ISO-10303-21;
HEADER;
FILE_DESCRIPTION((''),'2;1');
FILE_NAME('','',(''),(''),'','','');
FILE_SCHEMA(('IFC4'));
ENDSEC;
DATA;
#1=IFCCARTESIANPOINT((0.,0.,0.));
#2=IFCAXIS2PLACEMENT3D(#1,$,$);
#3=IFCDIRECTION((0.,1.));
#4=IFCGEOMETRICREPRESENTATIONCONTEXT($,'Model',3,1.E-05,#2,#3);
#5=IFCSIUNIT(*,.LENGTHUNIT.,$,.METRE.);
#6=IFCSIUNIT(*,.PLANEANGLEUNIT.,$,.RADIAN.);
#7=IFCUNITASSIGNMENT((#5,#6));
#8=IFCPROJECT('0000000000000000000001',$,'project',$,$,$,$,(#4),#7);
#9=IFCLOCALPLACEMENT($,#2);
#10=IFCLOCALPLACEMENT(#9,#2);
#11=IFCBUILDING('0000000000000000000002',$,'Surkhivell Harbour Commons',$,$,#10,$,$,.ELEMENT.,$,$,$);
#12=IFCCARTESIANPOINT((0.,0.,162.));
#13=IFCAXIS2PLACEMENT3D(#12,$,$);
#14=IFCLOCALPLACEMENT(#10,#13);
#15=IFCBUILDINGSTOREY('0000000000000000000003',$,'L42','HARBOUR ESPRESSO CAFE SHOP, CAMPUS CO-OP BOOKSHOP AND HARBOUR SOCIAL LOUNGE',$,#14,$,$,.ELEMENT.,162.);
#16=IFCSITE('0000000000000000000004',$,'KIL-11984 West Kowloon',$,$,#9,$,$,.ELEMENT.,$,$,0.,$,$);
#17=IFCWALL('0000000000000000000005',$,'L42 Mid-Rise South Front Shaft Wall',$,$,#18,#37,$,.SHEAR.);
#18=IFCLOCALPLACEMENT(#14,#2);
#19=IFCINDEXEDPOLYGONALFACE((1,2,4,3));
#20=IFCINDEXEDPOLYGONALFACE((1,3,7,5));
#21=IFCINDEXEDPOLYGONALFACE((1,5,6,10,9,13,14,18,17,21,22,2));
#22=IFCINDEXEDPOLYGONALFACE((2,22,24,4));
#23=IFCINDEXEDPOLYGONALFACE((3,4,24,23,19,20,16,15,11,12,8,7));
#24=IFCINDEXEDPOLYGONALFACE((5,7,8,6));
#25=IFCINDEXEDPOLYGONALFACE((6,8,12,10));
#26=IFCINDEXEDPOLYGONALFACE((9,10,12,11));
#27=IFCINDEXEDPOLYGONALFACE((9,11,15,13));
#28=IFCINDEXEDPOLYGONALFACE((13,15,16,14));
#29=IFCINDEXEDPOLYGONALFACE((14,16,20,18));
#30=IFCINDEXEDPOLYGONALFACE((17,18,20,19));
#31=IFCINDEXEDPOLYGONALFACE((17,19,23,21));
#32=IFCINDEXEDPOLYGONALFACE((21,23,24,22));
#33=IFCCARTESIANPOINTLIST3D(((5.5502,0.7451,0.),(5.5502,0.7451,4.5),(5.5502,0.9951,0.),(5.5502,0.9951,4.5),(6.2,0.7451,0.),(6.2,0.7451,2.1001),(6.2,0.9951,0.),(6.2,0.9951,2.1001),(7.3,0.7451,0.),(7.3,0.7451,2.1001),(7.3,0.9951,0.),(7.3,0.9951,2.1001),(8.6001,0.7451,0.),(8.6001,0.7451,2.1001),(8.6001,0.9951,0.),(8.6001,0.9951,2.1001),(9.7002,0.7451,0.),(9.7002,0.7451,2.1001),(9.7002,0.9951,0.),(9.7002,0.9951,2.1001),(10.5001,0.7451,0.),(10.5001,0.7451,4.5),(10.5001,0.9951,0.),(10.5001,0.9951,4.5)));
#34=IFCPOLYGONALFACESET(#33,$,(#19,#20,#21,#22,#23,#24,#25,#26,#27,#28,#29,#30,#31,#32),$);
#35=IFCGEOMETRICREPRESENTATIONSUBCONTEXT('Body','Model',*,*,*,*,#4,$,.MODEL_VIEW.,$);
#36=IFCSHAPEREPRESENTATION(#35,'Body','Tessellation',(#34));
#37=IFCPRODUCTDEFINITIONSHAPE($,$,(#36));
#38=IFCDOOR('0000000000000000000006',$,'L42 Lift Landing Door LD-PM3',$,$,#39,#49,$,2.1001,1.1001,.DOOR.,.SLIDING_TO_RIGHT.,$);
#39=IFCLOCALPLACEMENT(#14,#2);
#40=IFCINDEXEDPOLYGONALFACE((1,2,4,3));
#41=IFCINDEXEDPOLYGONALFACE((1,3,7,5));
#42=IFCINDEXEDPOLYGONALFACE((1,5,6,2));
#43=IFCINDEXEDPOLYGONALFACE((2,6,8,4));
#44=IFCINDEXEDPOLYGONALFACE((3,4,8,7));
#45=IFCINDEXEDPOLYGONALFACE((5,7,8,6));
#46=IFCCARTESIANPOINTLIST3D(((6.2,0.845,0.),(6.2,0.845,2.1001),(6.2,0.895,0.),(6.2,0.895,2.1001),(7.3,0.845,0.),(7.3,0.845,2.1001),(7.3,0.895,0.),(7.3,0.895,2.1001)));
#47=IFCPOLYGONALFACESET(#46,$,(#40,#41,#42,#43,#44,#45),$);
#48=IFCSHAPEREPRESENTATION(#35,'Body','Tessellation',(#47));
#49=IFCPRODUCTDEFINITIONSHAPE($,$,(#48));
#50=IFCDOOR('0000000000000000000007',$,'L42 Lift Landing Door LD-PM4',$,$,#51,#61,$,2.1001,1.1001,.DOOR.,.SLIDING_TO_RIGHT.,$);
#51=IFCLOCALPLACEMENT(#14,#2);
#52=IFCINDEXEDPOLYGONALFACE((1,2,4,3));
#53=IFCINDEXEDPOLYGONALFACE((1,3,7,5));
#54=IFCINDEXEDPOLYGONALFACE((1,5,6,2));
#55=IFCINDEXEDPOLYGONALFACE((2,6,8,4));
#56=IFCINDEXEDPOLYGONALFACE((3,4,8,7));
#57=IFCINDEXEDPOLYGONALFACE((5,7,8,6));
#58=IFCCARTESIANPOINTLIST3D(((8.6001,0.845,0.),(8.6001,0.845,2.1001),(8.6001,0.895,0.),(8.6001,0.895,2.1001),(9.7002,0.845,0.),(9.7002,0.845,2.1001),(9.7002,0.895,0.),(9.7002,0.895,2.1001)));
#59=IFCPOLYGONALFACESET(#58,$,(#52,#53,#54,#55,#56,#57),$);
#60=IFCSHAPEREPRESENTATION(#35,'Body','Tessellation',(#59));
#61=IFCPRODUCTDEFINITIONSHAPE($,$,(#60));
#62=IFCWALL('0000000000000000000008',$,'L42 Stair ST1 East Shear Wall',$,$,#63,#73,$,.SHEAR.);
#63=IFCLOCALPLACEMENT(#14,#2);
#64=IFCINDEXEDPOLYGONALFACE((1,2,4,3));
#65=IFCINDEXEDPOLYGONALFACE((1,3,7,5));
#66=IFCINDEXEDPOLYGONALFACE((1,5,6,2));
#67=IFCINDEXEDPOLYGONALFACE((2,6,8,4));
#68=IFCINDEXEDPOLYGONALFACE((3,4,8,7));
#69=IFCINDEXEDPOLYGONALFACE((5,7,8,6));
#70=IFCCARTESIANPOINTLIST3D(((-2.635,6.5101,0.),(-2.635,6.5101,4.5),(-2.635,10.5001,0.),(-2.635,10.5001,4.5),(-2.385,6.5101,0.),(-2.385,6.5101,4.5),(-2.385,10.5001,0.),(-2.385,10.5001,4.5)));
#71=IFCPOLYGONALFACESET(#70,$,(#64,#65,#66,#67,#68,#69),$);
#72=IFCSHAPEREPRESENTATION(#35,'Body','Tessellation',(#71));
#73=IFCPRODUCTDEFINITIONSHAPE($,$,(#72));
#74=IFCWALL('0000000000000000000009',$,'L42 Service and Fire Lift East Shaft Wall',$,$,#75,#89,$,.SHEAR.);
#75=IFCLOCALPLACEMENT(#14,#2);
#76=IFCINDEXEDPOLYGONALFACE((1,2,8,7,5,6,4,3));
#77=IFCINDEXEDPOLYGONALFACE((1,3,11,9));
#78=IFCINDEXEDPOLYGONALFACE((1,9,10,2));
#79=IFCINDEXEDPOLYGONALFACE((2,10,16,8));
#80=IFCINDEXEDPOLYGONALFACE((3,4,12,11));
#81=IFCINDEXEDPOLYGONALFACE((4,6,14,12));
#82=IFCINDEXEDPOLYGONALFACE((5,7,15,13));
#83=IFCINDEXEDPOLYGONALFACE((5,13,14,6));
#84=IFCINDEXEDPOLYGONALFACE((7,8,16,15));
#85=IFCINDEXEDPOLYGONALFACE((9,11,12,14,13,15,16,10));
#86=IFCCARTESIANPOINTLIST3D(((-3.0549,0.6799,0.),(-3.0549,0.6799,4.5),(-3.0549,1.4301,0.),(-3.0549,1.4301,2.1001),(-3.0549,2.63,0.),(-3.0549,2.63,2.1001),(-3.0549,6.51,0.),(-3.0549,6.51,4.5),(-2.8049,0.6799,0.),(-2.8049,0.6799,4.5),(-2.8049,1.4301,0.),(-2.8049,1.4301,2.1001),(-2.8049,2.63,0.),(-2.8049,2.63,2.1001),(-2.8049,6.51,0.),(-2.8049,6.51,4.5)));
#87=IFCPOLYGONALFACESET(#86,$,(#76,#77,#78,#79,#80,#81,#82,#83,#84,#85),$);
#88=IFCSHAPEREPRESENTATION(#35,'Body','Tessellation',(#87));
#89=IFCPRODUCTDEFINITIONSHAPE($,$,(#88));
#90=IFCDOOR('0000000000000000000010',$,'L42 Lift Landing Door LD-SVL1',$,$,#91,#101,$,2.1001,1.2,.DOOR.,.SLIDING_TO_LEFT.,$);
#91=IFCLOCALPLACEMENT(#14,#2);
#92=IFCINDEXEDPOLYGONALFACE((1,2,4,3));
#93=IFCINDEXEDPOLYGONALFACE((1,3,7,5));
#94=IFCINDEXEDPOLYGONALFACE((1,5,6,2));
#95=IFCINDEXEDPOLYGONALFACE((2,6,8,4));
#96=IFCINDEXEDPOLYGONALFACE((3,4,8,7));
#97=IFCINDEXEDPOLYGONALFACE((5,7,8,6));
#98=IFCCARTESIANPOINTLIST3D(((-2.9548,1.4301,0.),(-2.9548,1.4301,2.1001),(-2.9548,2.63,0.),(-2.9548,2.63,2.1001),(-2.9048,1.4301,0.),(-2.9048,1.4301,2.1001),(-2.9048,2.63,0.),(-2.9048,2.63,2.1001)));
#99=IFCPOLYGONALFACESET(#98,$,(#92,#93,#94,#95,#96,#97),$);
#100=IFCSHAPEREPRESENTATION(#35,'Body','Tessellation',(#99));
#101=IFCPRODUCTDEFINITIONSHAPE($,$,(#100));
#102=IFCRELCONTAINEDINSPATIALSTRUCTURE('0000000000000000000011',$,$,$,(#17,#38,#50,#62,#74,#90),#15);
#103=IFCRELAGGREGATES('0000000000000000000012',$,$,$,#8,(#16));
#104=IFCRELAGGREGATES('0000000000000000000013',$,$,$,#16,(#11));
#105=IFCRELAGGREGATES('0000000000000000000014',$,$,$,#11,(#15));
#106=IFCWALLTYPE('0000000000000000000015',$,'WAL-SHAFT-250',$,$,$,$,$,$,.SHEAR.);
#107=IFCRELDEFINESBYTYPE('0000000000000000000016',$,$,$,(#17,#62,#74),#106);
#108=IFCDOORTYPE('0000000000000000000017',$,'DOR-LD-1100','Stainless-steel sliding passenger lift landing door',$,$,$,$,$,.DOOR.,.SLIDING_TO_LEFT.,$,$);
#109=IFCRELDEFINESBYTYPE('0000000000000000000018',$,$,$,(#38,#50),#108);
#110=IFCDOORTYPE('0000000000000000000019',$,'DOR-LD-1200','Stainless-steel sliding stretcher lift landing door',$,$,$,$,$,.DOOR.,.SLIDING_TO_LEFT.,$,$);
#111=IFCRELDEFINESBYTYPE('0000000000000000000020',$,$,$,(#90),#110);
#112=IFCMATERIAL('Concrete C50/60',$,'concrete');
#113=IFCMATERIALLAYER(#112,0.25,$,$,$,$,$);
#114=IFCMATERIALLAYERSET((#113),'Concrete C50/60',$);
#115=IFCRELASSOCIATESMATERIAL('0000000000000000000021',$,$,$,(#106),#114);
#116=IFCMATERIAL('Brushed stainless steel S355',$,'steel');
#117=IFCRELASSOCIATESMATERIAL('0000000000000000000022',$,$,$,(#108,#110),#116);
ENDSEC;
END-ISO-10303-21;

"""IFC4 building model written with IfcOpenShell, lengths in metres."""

from ifc_helpers import new_model, si_unit, direction, frame, frame_2d, origin, place, context, subcontext, project, spatial, rectangle, extrude, material, layer, layer_set, type_object, element, fill, save


model = new_model("IFC4")

# Units and contexts
model_context = context("Model", 3, precision=1e-05, world=origin(), true_north=direction((0.0, 1.0)))
body_context = subcontext(model_context, "Body", "Model", "MODEL_VIEW")
ifc_project = project(units=[si_unit("LENGTHUNIT", "METRE"), si_unit("PLANEANGLEUNIT", "RADIAN")], contexts=[model_context])

# Site, building, storey
site_placement = place(None, origin())
site = spatial("IfcSite", under=ifc_project, at=site_placement, Name="KIL-11984 West Kowloon", CompositionType="ELEMENT", RefElevation=0.0)
building_placement = place(site_placement, origin())
building = spatial("IfcBuilding", under=site, at=building_placement, Name="Surkhivell Harbour Commons", CompositionType="ELEMENT")
storey_placement = place(building_placement, frame((0.0, 0.0, 162.0)))
storey = spatial("IfcBuildingStorey", under=building, at=storey_placement, Name="L42", Description="HARBOUR ESPRESSO CAFE SHOP, CAMPUS CO-OP BOOKSHOP AND HARBOUR SOCIAL LOUNGE", CompositionType="ELEMENT", Elevation=162.0)

# Shared definitions
ifc_material_1 = material(Name="Concrete C50/60", Category="concrete")
ifc_layer_1 = layer(ifc_material_1, 0.25)
ifc_layer_set_1 = layer_set([ifc_layer_1], Name="Concrete C50/60")
wall_type_1 = type_object("IfcWallType", Name="WAL-SHAFT-250", PredefinedType="SHEAR", material=ifc_layer_set_1)

# Wall, openings, doors
ifc_material_2 = material(Name="Brushed stainless steel S355", Category="steel")
door_type_1 = type_object("IfcDoorType", Name="DOR-LD-1100", Description="Stainless-steel sliding passenger lift landing door", OperationType="SLIDING_TO_LEFT", PredefinedType="DOOR", material=ifc_material_2)
wall_1_placement = place(storey_placement, frame((5.55, 0.8701, 0.0), z_axis=(0.0, 0.0, 1.0), x_axis=(1.0, 0.0, 0.0)))
wall_1 = element("IfcWall", 1, at=wall_1_placement, inside=storey, type_object=wall_type_1, Name="L42 Mid-Rise South Front Shaft Wall", PredefinedType="SHEAR", context=body_context, shape_type="SweptSolid", body=[
    extrude(rectangle(XDim=4.95, YDim=0.25, at=frame_2d((2.4751, 0.0))), origin(), (0.0, 0.0, 1.0), 4.5),
])
opening_1_placement = place(wall_1_placement, frame((0.6499, 0.0, 0.0)))
opening_1 = element("IfcOpeningElement", 2, at=opening_1_placement, cuts=wall_1, PredefinedType="OPENING", context=body_context, shape_type="SweptSolid", body=[
    extrude(rectangle(XDim=1.1001, YDim=2.1001, at=frame_2d((0.55, 1.05))), frame((0.0, 0.135, 0.0), z_axis=(0.0, -1.0, 0.0), x_axis=(1.0, 0.0, 0.0)), (0.0, 0.0, 1.0), 0.27),
])
opening_2_placement = place(wall_1_placement, frame((3.05, 0.0, 0.0)))
opening_2 = element("IfcOpeningElement", 3, at=opening_2_placement, cuts=wall_1, PredefinedType="OPENING", context=body_context, shape_type="SweptSolid", body=[
    extrude(rectangle(XDim=1.1001, YDim=2.1001, at=frame_2d((0.55, 1.05))), frame((0.0, 0.135, 0.0), z_axis=(0.0, -1.0, 0.0), x_axis=(1.0, 0.0, 0.0)), (0.0, 0.0, 1.0), 0.27),
])
door_1_placement = place(opening_1_placement, origin())
door_1 = element("IfcDoor", 4, at=door_1_placement, inside=storey, type_object=door_type_1, Name="L42 Lift Landing Door LD-PM3", OperationType="SLIDING_TO_RIGHT", OverallHeight=2.1001, OverallWidth=1.1001, PredefinedType="DOOR", context=body_context, shape_type="SweptSolid", body=[
    extrude(rectangle(XDim=1.1001, YDim=2.1001, at=frame_2d((0.55, 1.05))), frame((0.0, 0.0249, 0.0), z_axis=(0.0, -1.0, 0.0), x_axis=(1.0, 0.0, 0.0)), (0.0, 0.0, 1.0), 0.05),
])
fill(opening_1, door_1)
door_2_placement = place(opening_2_placement, origin())
door_2 = element("IfcDoor", 5, at=door_2_placement, inside=storey, type_object=door_type_1, Name="L42 Lift Landing Door LD-PM4", OperationType="SLIDING_TO_RIGHT", OverallHeight=2.1001, OverallWidth=1.1001, PredefinedType="DOOR", context=body_context, shape_type="SweptSolid", body=[
    extrude(rectangle(XDim=1.1001, YDim=2.1001, at=frame_2d((0.55, 1.05))), frame((0.0, 0.0249, 0.0), z_axis=(0.0, -1.0, 0.0), x_axis=(1.0, 0.0, 0.0)), (0.0, 0.0, 1.0), 0.05),
])
fill(opening_2, door_2)

# Wall
wall_2_placement = place(storey_placement, frame((-2.51, 6.51, 0.0), z_axis=(0.0, 0.0, 1.0), x_axis=(0.0, 1.0, 0.0)))
element("IfcWall", 6, at=wall_2_placement, inside=storey, type_object=wall_type_1, Name="L42 Stair ST1 East Shear Wall", PredefinedType="SHEAR", context=body_context, shape_type="SweptSolid", body=[
    extrude(rectangle(XDim=3.99, YDim=0.25, at=frame_2d((1.9951, 0.0))), origin(), (0.0, 0.0, 1.0), 4.5),
])

# Wall, opening, door
wall_3_placement = place(storey_placement, frame((-2.9299, 0.6799, 0.0), z_axis=(0.0, 0.0, 1.0), x_axis=(0.0, 1.0, 0.0)))
wall_3 = element("IfcWall", 7, at=wall_3_placement, inside=storey, type_object=wall_type_1, Name="L42 Service and Fire Lift East Shaft Wall", PredefinedType="SHEAR", context=body_context, shape_type="SweptSolid", body=[
    extrude(rectangle(XDim=5.8301, YDim=0.25, at=frame_2d((2.915, 0.0))), origin(), (0.0, 0.0, 1.0), 4.5),
])
opening_3_placement = place(wall_3_placement, frame((0.75, 0.0, 0.0)))
opening_3 = element("IfcOpeningElement", 8, at=opening_3_placement, cuts=wall_3, PredefinedType="OPENING", context=body_context, shape_type="SweptSolid", body=[
    extrude(rectangle(XDim=1.2, YDim=2.1001, at=frame_2d((0.6001, 1.05))), frame((0.0, 0.135, 0.0), z_axis=(0.0, -1.0, 0.0), x_axis=(1.0, 0.0, 0.0)), (0.0, 0.0, 1.0), 0.27),
])
door_type_2 = type_object("IfcDoorType", Name="DOR-LD-1200", Description="Stainless-steel sliding stretcher lift landing door", OperationType="SLIDING_TO_LEFT", PredefinedType="DOOR", material=ifc_material_2)
door_3_placement = place(opening_3_placement, origin())
door_3 = element("IfcDoor", 9, at=door_3_placement, inside=storey, type_object=door_type_2, Name="L42 Lift Landing Door LD-SVL1", OperationType="SLIDING_TO_LEFT", OverallHeight=2.1001, OverallWidth=1.2, PredefinedType="DOOR", context=body_context, shape_type="SweptSolid", body=[
    extrude(rectangle(XDim=1.2, YDim=2.1001, at=frame_2d((0.6001, 1.05))), frame((0.0, 0.0249, 0.0), z_axis=(0.0, -1.0, 0.0), x_axis=(1.0, 0.0, 0.0)), (0.0, 0.0, 1.0), 0.05),
])
fill(opening_3, door_3)

save(model, "model.ifc")
